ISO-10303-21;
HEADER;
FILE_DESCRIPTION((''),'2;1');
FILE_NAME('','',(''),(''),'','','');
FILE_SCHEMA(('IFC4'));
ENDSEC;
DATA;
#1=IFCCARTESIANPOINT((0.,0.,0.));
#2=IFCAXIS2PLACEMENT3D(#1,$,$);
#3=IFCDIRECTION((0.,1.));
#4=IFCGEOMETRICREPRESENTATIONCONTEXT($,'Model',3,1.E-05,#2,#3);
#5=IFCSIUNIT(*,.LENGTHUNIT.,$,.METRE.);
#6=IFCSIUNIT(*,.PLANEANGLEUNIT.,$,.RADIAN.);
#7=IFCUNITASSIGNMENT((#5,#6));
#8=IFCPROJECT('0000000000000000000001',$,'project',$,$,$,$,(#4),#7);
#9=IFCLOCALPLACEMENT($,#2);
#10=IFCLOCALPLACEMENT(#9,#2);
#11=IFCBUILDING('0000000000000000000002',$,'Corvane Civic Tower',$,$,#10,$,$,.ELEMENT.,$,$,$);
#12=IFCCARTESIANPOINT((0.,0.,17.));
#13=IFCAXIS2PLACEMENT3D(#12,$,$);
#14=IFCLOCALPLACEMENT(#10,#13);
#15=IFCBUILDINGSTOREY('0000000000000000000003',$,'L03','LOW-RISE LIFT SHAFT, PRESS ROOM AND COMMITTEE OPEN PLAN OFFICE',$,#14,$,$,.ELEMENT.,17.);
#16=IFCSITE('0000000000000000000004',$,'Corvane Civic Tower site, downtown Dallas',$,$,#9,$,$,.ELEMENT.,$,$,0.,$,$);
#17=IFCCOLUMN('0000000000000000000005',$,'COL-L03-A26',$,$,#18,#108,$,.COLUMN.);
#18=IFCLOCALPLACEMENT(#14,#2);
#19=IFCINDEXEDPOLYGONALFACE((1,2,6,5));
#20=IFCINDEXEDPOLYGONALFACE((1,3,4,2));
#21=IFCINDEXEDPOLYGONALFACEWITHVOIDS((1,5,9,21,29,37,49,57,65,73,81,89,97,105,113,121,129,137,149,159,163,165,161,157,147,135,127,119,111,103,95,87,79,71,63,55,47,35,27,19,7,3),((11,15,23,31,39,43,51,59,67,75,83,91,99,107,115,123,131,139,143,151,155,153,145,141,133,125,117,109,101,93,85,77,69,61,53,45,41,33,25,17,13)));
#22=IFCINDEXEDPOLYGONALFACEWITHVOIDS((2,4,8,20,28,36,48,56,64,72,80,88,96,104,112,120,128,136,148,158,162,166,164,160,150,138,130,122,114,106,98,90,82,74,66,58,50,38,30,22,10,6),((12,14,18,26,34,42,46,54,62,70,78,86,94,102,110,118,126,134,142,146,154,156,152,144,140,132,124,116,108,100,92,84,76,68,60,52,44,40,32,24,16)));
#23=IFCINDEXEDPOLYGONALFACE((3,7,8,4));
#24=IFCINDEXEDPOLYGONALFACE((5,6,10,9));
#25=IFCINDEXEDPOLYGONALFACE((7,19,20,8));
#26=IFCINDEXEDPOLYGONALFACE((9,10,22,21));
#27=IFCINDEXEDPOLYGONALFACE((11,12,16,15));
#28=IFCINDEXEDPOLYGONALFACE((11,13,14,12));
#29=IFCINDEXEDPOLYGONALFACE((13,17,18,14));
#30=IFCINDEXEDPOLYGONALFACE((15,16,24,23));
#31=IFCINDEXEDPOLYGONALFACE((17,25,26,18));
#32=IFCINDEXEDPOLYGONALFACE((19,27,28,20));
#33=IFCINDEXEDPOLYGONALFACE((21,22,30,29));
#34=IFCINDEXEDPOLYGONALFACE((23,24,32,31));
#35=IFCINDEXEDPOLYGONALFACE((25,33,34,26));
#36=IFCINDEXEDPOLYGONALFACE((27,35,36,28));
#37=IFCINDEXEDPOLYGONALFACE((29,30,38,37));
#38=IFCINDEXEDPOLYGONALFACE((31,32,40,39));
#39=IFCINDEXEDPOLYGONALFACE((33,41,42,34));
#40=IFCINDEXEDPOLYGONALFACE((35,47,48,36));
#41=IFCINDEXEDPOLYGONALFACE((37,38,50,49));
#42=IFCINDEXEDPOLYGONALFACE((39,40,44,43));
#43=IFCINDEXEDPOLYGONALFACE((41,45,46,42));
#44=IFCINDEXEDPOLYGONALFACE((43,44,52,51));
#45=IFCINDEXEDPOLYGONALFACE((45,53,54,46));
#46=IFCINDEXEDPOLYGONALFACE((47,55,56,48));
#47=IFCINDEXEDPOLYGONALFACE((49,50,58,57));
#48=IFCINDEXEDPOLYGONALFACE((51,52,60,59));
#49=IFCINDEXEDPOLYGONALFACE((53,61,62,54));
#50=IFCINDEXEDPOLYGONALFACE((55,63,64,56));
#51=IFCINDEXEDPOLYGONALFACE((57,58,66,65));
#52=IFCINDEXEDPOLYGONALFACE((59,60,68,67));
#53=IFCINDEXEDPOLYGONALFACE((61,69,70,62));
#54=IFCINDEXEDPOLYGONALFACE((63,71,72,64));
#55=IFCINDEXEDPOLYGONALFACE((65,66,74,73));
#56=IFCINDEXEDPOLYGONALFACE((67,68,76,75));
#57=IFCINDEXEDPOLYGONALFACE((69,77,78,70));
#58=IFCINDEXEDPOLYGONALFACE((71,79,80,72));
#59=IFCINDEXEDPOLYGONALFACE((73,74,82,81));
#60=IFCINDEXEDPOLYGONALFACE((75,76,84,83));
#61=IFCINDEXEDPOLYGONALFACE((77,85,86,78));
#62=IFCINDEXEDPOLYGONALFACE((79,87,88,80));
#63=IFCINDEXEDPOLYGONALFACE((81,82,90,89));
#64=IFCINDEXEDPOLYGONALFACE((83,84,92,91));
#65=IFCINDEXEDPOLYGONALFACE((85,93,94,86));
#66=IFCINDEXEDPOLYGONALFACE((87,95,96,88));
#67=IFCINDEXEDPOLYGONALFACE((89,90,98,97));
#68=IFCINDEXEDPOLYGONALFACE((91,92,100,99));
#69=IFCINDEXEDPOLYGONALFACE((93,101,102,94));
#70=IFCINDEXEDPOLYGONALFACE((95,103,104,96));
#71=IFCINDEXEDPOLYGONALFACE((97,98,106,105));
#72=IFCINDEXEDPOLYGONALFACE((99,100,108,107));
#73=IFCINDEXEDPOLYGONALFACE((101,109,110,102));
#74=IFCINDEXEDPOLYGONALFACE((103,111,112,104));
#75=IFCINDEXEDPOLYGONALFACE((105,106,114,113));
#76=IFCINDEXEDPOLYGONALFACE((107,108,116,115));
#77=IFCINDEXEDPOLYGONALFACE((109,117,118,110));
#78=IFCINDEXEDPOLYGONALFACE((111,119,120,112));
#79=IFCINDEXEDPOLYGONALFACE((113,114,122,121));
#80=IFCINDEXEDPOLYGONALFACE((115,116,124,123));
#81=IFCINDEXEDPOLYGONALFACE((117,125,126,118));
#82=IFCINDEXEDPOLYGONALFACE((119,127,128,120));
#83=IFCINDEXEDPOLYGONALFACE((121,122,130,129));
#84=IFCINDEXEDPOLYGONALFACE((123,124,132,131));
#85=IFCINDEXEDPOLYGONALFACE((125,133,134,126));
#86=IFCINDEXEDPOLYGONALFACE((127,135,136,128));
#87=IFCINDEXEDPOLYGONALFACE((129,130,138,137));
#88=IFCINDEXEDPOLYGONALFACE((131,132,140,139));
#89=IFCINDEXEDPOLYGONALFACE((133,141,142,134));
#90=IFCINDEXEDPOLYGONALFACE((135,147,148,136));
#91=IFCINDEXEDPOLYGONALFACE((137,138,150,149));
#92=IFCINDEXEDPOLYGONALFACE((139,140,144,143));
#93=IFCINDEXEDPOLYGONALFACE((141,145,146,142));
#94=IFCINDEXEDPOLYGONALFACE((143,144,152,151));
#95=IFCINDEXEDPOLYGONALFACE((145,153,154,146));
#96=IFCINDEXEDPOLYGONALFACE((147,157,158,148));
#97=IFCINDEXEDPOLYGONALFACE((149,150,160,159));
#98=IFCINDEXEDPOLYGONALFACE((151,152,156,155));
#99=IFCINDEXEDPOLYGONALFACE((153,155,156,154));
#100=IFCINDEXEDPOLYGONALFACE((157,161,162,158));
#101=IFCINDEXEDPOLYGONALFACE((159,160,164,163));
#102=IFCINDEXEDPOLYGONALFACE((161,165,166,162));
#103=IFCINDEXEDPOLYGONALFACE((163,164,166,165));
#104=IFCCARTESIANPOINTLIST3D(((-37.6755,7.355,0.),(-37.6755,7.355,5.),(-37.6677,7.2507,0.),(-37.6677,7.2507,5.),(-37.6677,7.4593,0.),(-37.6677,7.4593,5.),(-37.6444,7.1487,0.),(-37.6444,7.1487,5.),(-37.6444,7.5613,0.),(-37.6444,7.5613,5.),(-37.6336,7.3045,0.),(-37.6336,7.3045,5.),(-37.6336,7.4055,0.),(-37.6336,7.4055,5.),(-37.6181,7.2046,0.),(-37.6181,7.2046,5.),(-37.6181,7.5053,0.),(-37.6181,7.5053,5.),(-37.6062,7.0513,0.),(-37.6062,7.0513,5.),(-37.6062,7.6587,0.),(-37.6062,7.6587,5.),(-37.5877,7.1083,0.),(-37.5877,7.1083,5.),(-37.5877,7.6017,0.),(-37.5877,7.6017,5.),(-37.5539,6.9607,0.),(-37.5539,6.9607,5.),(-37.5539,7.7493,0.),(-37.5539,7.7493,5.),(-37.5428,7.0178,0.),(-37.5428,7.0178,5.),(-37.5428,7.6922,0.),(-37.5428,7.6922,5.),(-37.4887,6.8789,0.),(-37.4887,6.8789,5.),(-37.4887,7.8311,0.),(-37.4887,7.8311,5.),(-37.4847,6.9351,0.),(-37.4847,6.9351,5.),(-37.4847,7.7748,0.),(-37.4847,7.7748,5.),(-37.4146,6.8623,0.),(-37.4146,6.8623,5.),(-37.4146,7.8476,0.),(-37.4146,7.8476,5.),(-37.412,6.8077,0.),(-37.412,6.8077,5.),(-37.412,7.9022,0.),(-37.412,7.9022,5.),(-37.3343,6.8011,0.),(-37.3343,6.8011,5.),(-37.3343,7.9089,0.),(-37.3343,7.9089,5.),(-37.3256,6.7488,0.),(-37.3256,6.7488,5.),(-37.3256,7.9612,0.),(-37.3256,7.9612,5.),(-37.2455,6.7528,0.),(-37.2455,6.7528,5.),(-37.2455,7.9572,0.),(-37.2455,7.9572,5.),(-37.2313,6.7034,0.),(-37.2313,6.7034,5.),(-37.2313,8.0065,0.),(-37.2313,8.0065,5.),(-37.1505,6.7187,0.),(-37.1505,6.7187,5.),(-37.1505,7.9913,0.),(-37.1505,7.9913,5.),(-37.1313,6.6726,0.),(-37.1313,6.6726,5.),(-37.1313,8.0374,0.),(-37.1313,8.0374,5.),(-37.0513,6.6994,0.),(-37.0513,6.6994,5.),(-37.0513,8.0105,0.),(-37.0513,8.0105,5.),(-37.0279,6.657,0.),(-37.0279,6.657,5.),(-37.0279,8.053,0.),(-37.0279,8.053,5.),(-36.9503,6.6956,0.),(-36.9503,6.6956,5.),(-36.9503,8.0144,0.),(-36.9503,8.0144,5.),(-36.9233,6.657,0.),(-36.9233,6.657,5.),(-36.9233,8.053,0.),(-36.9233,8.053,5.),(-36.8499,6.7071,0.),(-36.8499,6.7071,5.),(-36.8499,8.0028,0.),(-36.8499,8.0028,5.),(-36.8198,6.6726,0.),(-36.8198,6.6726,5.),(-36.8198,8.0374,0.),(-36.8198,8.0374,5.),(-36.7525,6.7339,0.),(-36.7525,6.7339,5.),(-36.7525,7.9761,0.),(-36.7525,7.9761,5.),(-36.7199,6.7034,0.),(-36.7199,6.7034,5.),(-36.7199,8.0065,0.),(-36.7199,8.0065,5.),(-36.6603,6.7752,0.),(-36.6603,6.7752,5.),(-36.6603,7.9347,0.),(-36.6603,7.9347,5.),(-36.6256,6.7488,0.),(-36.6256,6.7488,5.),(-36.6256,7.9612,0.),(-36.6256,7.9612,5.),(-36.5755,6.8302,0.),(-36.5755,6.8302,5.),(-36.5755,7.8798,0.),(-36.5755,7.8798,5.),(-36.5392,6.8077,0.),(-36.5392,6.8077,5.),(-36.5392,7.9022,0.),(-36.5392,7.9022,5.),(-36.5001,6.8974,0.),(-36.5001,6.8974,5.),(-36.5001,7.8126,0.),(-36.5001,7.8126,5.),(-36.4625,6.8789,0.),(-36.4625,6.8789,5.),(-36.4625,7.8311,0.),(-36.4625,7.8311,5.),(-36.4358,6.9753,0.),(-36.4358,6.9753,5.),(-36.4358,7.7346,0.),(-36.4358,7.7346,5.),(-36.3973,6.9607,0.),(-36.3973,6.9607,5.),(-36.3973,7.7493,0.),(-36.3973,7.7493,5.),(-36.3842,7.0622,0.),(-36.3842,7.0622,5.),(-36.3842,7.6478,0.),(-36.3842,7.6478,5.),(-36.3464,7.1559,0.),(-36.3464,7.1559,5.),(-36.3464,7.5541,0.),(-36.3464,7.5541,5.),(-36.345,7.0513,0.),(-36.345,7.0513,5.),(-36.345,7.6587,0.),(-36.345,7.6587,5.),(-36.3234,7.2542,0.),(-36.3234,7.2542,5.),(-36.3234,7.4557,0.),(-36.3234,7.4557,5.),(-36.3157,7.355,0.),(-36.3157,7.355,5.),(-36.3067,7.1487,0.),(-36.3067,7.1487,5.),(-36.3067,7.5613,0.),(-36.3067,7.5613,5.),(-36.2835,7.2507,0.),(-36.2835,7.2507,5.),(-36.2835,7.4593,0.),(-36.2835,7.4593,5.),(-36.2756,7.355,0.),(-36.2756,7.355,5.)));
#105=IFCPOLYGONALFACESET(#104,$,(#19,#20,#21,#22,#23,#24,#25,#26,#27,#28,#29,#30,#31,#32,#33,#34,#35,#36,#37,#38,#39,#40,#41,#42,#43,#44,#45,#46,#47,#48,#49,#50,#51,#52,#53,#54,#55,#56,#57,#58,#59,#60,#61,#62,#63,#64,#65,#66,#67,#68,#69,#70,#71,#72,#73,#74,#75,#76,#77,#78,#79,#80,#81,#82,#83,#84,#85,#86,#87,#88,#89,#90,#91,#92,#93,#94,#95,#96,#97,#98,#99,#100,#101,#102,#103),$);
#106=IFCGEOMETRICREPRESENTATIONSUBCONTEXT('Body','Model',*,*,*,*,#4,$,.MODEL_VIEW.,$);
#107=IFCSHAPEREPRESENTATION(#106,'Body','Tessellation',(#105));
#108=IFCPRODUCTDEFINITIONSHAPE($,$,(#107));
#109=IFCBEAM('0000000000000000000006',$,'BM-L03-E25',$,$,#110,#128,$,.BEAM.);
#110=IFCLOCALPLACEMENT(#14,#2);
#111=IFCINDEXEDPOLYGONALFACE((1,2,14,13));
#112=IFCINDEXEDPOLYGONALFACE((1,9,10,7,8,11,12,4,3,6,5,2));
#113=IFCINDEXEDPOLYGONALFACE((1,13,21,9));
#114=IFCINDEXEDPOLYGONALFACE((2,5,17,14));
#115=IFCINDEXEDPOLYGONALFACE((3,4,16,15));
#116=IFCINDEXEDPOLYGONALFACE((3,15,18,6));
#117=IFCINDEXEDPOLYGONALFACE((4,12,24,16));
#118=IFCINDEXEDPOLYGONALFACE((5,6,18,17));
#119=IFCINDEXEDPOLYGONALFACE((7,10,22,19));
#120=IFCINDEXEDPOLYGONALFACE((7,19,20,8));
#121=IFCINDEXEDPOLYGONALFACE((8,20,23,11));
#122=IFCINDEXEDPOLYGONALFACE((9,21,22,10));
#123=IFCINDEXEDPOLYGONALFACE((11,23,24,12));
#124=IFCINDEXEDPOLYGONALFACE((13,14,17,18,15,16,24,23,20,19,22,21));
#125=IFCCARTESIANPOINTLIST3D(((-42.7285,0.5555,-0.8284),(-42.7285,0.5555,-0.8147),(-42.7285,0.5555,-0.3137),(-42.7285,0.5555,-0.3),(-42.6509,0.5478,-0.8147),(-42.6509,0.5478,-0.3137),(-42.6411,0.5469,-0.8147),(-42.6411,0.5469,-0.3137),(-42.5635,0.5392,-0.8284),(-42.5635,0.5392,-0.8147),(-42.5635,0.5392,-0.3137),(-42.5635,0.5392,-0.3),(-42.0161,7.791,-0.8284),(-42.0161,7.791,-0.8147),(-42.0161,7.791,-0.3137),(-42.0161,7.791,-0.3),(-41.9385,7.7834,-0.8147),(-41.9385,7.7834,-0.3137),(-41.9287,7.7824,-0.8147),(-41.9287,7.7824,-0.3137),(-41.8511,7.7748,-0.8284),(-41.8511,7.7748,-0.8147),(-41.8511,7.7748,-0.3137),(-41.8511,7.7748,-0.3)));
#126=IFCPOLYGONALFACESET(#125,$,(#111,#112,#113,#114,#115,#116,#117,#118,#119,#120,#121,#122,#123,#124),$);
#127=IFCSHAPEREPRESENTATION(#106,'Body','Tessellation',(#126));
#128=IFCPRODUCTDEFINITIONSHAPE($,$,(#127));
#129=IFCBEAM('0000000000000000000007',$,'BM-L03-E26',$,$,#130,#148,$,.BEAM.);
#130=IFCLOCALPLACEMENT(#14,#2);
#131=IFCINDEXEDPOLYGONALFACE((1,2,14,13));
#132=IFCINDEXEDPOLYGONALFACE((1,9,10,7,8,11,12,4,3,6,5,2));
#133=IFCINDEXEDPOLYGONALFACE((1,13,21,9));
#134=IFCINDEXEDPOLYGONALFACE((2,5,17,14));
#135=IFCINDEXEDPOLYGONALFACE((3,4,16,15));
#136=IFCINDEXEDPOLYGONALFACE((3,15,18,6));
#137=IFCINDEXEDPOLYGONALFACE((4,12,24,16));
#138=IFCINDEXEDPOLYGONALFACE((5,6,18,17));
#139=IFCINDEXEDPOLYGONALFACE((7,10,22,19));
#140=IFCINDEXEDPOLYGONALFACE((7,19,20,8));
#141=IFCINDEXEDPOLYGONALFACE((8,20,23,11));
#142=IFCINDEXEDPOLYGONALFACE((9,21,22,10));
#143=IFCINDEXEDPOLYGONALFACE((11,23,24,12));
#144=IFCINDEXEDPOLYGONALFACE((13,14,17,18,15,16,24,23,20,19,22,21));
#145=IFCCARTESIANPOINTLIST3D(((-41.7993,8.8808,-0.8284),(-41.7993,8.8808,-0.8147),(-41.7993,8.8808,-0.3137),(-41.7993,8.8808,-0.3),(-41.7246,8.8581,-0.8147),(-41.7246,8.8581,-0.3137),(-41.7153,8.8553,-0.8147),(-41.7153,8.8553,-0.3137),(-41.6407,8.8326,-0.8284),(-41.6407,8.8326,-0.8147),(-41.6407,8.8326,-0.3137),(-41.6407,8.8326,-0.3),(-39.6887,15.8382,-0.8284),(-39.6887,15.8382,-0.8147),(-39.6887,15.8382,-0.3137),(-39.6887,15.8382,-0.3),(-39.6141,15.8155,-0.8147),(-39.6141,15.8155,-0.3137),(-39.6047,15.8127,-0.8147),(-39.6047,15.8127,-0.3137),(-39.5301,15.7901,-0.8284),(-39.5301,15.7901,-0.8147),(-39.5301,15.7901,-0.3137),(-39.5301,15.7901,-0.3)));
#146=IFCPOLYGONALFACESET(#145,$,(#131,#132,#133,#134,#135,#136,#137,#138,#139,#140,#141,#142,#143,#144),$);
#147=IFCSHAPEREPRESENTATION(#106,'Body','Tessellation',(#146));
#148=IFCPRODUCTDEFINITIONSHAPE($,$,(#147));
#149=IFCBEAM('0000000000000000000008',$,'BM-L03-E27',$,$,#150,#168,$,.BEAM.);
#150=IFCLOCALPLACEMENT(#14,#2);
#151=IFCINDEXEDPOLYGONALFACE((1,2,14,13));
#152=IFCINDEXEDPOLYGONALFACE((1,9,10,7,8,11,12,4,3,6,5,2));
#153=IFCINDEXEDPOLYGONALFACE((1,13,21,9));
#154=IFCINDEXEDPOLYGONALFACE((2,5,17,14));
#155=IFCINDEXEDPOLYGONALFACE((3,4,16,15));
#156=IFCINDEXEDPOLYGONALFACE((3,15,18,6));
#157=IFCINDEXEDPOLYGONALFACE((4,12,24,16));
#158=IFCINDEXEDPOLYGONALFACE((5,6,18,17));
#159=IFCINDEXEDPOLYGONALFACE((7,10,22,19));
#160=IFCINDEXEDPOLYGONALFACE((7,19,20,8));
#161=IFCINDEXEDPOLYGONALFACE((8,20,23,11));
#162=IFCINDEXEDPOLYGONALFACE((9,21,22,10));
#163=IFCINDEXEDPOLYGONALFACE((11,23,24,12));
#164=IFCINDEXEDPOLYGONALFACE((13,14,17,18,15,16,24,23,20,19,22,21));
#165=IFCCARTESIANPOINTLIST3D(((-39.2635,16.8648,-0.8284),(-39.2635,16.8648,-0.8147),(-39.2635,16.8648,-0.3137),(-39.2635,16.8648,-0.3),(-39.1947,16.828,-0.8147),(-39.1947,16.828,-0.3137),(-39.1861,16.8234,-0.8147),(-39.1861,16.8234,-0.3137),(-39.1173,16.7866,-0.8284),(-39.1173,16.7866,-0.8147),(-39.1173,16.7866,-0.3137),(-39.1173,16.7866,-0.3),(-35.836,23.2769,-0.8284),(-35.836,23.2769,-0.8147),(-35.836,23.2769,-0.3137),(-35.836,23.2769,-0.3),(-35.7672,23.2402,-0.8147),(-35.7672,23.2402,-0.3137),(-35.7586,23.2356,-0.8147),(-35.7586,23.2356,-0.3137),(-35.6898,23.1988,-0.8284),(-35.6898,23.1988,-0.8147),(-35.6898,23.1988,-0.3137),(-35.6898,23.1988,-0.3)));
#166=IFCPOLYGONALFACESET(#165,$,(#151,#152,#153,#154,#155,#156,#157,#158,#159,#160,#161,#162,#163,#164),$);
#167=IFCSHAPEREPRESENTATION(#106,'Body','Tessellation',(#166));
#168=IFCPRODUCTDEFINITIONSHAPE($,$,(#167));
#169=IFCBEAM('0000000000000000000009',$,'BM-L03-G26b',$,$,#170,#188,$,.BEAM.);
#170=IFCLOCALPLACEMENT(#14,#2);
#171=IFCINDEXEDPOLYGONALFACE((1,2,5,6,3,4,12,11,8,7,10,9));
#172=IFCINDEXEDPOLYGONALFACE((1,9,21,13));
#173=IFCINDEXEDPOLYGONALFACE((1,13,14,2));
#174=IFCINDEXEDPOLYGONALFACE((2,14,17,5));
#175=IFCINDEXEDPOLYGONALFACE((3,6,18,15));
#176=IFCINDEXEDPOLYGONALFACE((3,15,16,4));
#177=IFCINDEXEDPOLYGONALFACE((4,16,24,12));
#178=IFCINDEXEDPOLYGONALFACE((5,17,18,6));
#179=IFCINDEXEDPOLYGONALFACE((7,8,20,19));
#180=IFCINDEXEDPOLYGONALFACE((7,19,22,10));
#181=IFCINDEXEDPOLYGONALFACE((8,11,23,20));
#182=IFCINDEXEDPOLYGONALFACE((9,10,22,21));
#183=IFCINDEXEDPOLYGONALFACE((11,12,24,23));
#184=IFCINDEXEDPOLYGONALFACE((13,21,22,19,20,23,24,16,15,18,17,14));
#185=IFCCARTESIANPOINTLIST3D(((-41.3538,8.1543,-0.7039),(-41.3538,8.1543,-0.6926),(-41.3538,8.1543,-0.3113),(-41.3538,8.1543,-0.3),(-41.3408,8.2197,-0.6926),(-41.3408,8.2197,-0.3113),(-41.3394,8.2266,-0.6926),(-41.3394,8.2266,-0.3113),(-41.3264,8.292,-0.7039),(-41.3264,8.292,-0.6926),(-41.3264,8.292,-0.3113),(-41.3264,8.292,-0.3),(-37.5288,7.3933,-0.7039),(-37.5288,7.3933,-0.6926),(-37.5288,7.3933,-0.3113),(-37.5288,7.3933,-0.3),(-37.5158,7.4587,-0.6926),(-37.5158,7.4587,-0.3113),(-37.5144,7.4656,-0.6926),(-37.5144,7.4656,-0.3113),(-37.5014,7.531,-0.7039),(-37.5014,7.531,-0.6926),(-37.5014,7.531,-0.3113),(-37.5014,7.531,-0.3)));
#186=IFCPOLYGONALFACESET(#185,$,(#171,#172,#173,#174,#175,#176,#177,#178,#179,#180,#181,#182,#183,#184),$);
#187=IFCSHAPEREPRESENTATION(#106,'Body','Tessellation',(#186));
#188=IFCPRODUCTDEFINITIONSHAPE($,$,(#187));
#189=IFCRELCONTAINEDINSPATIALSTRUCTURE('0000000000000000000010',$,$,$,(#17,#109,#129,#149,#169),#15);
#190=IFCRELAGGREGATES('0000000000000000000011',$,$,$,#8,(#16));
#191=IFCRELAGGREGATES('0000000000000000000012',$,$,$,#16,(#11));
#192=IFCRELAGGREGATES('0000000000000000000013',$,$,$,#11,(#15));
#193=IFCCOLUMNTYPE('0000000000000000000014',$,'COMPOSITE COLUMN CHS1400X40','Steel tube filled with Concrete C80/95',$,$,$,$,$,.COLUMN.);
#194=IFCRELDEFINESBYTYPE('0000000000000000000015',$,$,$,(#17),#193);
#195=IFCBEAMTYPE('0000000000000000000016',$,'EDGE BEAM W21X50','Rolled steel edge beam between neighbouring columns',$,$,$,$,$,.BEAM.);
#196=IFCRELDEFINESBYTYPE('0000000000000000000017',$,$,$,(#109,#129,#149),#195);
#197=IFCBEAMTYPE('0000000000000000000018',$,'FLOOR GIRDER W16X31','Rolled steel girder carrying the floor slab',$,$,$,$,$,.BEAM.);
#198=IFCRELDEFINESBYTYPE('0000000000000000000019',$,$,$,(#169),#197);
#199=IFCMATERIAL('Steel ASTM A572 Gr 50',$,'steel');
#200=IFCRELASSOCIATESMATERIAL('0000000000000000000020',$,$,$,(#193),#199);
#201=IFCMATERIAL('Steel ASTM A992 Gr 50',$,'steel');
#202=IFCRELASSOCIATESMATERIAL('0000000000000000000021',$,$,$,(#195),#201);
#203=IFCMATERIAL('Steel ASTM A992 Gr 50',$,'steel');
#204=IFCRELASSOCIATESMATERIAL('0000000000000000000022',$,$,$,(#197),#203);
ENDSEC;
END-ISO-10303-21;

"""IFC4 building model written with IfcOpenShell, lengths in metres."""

from ifc_helpers import new_model, si_unit, direction, frame, origin, origin_2d, place, context, subcontext, project, spatial, hollow_circle, i_section, extrude, material, material_profile, profile_set, type_object, element, save


model = new_model("IFC4")

# Units and contexts
model_context = context("Model", 3, precision=1e-05, world=origin(), true_north=direction((0.0, 1.0)))
body_context = subcontext(model_context, "Body", "Model", "MODEL_VIEW")
ifc_project = project(units=[si_unit("LENGTHUNIT", "METRE"), si_unit("PLANEANGLEUNIT", "RADIAN")], contexts=[model_context])

# Site, building, storey
site_placement = place(None, origin())
site = spatial("IfcSite", under=ifc_project, at=site_placement, Name="Corvane Civic Tower site, downtown Dallas", CompositionType="ELEMENT", RefElevation=0.0)
building_placement = place(site_placement, origin())
building = spatial("IfcBuilding", under=site, at=building_placement, Name="Corvane Civic Tower", CompositionType="ELEMENT")
storey_placement = place(building_placement, frame((0.0, 0.0, 17.0)))
storey = spatial("IfcBuildingStorey", under=building, at=storey_placement, Name="L03", Description="LOW-RISE LIFT SHAFT, PRESS ROOM AND COMMITTEE OPEN PLAN OFFICE", CompositionType="ELEMENT", Elevation=17.0)

# Column
ifc_material_1 = material(Name="Steel ASTM A572 Gr 50", Category="steel")
ifc_material_profile_1 = material_profile(ifc_material_1, hollow_circle(Radius=0.7, WallThickness=0.04, at=origin_2d()), Name="CHS1400X40")
ifc_profile_set_1 = profile_set([ifc_material_profile_1], Name="Steel ASTM A572 Gr 50")
column_type_1 = type_object("IfcColumnType", Name="COMPOSITE COLUMN CHS1400X40", Description="Steel tube filled with Concrete C80/95", PredefinedType="COLUMN", material=ifc_profile_set_1)
column_placement = place(storey_placement, frame((-36.9756, 7.355, 0.0), z_axis=(0.0, 0.0, 1.0), x_axis=(1.0, 0.0, 0.0)))
element("IfcColumn", 1, at=column_placement, inside=storey, type_object=column_type_1, Name="COL-L03-A26", PredefinedType="COLUMN", context=body_context, shape_type="SweptSolid", body=[
    extrude(hollow_circle(Radius=0.7, WallThickness=0.04, at=origin_2d()), origin(), (0.0, 0.0, 1.0), 5.0),
])

# Beams
ifc_material_2 = material(Name="Steel ASTM A992 Gr 50", Category="steel")
ifc_material_profile_2 = material_profile(ifc_material_2, i_section(OverallWidth=0.1658, OverallDepth=0.5283, WebThickness=0.0098, FlangeThickness=0.0137, at=origin_2d()), Name="W21X50")
ifc_profile_set_2 = profile_set([ifc_material_profile_2], Name="Steel ASTM A992 Gr 50")
beam_type_1 = type_object("IfcBeamType", Name="EDGE BEAM W21X50", Description="Rolled steel edge beam between neighbouring columns", PredefinedType="BEAM", material=ifc_profile_set_2)
for number, where, z_axis, x_axis, name in (
    (2, (-42.646, 0.5474, -0.5642), (0.097984, 0.995188, 0.0), (-0.995188, 0.097984, 0.0), "BM-L03-E25"),
    (3, (-41.72, 8.8567, -0.5642), (0.290292, 0.956938, 0.0), (-0.956938, 0.290292, 0.0), "BM-L03-E26"),
):
    element("IfcBeam", number, at=place(storey_placement, frame(where, z_axis=z_axis, x_axis=x_axis)), inside=storey, type_object=beam_type_1, Name=name, PredefinedType="BEAM", context=body_context, shape_type="SweptSolid", body=[
        extrude(i_section(OverallWidth=0.1658, OverallDepth=0.5283, WebThickness=0.0098, FlangeThickness=0.0137, at=origin_2d()), origin(), (0.0, 0.0, 1.0), 7.2705),
    ])
beam_placement = place(storey_placement, frame((-39.1904, 16.8257, -0.5642), z_axis=(0.471412, 0.881913, 0.0), x_axis=(-0.881913, 0.471412, 0.0)))
element("IfcBeam", 4, at=beam_placement, inside=storey, type_object=beam_type_1, Name="BM-L03-E27", PredefinedType="BEAM", context=body_context, shape_type="SweptSolid", body=[
    extrude(i_section(OverallWidth=0.1658, OverallDepth=0.5283, WebThickness=0.0098, FlangeThickness=0.0137, at=origin_2d()), origin(), (0.0, 0.0, 1.0), 7.2708),
])
ifc_material_3 = material(Name="Steel ASTM A992 Gr 50", Category="steel")
ifc_material_profile_3 = material_profile(ifc_material_3, i_section(OverallWidth=0.1404, OverallDepth=0.4038, WebThickness=0.0071, FlangeThickness=0.0112, at=origin_2d()), Name="W16X31")
ifc_profile_set_3 = profile_set([ifc_material_profile_3], Name="Steel ASTM A992 Gr 50")
beam_type_2 = type_object("IfcBeamType", Name="FLOOR GIRDER W16X31", Description="Rolled steel girder carrying the floor slab", PredefinedType="BEAM", material=ifc_profile_set_3)
for number, where, z_axis, x_axis, name in (
    (5, (-37.5151, 7.4622, -0.502), (-0.980778, 0.195129, 0.0), (-0.195129, -0.980778, 0.0), "BM-L03-G26b"),
):
    element("IfcBeam", number, at=place(storey_placement, frame(where, z_axis=z_axis, x_axis=x_axis)), inside=storey, type_object=beam_type_2, Name=name, PredefinedType="BEAM", context=body_context, shape_type="SweptSolid", body=[
        extrude(i_section(OverallWidth=0.1404, OverallDepth=0.4038, WebThickness=0.0071, FlangeThickness=0.0112, at=origin_2d()), origin(), (0.0, 0.0, 1.0), 3.8999),
    ])

save(model, "model.ifc")
